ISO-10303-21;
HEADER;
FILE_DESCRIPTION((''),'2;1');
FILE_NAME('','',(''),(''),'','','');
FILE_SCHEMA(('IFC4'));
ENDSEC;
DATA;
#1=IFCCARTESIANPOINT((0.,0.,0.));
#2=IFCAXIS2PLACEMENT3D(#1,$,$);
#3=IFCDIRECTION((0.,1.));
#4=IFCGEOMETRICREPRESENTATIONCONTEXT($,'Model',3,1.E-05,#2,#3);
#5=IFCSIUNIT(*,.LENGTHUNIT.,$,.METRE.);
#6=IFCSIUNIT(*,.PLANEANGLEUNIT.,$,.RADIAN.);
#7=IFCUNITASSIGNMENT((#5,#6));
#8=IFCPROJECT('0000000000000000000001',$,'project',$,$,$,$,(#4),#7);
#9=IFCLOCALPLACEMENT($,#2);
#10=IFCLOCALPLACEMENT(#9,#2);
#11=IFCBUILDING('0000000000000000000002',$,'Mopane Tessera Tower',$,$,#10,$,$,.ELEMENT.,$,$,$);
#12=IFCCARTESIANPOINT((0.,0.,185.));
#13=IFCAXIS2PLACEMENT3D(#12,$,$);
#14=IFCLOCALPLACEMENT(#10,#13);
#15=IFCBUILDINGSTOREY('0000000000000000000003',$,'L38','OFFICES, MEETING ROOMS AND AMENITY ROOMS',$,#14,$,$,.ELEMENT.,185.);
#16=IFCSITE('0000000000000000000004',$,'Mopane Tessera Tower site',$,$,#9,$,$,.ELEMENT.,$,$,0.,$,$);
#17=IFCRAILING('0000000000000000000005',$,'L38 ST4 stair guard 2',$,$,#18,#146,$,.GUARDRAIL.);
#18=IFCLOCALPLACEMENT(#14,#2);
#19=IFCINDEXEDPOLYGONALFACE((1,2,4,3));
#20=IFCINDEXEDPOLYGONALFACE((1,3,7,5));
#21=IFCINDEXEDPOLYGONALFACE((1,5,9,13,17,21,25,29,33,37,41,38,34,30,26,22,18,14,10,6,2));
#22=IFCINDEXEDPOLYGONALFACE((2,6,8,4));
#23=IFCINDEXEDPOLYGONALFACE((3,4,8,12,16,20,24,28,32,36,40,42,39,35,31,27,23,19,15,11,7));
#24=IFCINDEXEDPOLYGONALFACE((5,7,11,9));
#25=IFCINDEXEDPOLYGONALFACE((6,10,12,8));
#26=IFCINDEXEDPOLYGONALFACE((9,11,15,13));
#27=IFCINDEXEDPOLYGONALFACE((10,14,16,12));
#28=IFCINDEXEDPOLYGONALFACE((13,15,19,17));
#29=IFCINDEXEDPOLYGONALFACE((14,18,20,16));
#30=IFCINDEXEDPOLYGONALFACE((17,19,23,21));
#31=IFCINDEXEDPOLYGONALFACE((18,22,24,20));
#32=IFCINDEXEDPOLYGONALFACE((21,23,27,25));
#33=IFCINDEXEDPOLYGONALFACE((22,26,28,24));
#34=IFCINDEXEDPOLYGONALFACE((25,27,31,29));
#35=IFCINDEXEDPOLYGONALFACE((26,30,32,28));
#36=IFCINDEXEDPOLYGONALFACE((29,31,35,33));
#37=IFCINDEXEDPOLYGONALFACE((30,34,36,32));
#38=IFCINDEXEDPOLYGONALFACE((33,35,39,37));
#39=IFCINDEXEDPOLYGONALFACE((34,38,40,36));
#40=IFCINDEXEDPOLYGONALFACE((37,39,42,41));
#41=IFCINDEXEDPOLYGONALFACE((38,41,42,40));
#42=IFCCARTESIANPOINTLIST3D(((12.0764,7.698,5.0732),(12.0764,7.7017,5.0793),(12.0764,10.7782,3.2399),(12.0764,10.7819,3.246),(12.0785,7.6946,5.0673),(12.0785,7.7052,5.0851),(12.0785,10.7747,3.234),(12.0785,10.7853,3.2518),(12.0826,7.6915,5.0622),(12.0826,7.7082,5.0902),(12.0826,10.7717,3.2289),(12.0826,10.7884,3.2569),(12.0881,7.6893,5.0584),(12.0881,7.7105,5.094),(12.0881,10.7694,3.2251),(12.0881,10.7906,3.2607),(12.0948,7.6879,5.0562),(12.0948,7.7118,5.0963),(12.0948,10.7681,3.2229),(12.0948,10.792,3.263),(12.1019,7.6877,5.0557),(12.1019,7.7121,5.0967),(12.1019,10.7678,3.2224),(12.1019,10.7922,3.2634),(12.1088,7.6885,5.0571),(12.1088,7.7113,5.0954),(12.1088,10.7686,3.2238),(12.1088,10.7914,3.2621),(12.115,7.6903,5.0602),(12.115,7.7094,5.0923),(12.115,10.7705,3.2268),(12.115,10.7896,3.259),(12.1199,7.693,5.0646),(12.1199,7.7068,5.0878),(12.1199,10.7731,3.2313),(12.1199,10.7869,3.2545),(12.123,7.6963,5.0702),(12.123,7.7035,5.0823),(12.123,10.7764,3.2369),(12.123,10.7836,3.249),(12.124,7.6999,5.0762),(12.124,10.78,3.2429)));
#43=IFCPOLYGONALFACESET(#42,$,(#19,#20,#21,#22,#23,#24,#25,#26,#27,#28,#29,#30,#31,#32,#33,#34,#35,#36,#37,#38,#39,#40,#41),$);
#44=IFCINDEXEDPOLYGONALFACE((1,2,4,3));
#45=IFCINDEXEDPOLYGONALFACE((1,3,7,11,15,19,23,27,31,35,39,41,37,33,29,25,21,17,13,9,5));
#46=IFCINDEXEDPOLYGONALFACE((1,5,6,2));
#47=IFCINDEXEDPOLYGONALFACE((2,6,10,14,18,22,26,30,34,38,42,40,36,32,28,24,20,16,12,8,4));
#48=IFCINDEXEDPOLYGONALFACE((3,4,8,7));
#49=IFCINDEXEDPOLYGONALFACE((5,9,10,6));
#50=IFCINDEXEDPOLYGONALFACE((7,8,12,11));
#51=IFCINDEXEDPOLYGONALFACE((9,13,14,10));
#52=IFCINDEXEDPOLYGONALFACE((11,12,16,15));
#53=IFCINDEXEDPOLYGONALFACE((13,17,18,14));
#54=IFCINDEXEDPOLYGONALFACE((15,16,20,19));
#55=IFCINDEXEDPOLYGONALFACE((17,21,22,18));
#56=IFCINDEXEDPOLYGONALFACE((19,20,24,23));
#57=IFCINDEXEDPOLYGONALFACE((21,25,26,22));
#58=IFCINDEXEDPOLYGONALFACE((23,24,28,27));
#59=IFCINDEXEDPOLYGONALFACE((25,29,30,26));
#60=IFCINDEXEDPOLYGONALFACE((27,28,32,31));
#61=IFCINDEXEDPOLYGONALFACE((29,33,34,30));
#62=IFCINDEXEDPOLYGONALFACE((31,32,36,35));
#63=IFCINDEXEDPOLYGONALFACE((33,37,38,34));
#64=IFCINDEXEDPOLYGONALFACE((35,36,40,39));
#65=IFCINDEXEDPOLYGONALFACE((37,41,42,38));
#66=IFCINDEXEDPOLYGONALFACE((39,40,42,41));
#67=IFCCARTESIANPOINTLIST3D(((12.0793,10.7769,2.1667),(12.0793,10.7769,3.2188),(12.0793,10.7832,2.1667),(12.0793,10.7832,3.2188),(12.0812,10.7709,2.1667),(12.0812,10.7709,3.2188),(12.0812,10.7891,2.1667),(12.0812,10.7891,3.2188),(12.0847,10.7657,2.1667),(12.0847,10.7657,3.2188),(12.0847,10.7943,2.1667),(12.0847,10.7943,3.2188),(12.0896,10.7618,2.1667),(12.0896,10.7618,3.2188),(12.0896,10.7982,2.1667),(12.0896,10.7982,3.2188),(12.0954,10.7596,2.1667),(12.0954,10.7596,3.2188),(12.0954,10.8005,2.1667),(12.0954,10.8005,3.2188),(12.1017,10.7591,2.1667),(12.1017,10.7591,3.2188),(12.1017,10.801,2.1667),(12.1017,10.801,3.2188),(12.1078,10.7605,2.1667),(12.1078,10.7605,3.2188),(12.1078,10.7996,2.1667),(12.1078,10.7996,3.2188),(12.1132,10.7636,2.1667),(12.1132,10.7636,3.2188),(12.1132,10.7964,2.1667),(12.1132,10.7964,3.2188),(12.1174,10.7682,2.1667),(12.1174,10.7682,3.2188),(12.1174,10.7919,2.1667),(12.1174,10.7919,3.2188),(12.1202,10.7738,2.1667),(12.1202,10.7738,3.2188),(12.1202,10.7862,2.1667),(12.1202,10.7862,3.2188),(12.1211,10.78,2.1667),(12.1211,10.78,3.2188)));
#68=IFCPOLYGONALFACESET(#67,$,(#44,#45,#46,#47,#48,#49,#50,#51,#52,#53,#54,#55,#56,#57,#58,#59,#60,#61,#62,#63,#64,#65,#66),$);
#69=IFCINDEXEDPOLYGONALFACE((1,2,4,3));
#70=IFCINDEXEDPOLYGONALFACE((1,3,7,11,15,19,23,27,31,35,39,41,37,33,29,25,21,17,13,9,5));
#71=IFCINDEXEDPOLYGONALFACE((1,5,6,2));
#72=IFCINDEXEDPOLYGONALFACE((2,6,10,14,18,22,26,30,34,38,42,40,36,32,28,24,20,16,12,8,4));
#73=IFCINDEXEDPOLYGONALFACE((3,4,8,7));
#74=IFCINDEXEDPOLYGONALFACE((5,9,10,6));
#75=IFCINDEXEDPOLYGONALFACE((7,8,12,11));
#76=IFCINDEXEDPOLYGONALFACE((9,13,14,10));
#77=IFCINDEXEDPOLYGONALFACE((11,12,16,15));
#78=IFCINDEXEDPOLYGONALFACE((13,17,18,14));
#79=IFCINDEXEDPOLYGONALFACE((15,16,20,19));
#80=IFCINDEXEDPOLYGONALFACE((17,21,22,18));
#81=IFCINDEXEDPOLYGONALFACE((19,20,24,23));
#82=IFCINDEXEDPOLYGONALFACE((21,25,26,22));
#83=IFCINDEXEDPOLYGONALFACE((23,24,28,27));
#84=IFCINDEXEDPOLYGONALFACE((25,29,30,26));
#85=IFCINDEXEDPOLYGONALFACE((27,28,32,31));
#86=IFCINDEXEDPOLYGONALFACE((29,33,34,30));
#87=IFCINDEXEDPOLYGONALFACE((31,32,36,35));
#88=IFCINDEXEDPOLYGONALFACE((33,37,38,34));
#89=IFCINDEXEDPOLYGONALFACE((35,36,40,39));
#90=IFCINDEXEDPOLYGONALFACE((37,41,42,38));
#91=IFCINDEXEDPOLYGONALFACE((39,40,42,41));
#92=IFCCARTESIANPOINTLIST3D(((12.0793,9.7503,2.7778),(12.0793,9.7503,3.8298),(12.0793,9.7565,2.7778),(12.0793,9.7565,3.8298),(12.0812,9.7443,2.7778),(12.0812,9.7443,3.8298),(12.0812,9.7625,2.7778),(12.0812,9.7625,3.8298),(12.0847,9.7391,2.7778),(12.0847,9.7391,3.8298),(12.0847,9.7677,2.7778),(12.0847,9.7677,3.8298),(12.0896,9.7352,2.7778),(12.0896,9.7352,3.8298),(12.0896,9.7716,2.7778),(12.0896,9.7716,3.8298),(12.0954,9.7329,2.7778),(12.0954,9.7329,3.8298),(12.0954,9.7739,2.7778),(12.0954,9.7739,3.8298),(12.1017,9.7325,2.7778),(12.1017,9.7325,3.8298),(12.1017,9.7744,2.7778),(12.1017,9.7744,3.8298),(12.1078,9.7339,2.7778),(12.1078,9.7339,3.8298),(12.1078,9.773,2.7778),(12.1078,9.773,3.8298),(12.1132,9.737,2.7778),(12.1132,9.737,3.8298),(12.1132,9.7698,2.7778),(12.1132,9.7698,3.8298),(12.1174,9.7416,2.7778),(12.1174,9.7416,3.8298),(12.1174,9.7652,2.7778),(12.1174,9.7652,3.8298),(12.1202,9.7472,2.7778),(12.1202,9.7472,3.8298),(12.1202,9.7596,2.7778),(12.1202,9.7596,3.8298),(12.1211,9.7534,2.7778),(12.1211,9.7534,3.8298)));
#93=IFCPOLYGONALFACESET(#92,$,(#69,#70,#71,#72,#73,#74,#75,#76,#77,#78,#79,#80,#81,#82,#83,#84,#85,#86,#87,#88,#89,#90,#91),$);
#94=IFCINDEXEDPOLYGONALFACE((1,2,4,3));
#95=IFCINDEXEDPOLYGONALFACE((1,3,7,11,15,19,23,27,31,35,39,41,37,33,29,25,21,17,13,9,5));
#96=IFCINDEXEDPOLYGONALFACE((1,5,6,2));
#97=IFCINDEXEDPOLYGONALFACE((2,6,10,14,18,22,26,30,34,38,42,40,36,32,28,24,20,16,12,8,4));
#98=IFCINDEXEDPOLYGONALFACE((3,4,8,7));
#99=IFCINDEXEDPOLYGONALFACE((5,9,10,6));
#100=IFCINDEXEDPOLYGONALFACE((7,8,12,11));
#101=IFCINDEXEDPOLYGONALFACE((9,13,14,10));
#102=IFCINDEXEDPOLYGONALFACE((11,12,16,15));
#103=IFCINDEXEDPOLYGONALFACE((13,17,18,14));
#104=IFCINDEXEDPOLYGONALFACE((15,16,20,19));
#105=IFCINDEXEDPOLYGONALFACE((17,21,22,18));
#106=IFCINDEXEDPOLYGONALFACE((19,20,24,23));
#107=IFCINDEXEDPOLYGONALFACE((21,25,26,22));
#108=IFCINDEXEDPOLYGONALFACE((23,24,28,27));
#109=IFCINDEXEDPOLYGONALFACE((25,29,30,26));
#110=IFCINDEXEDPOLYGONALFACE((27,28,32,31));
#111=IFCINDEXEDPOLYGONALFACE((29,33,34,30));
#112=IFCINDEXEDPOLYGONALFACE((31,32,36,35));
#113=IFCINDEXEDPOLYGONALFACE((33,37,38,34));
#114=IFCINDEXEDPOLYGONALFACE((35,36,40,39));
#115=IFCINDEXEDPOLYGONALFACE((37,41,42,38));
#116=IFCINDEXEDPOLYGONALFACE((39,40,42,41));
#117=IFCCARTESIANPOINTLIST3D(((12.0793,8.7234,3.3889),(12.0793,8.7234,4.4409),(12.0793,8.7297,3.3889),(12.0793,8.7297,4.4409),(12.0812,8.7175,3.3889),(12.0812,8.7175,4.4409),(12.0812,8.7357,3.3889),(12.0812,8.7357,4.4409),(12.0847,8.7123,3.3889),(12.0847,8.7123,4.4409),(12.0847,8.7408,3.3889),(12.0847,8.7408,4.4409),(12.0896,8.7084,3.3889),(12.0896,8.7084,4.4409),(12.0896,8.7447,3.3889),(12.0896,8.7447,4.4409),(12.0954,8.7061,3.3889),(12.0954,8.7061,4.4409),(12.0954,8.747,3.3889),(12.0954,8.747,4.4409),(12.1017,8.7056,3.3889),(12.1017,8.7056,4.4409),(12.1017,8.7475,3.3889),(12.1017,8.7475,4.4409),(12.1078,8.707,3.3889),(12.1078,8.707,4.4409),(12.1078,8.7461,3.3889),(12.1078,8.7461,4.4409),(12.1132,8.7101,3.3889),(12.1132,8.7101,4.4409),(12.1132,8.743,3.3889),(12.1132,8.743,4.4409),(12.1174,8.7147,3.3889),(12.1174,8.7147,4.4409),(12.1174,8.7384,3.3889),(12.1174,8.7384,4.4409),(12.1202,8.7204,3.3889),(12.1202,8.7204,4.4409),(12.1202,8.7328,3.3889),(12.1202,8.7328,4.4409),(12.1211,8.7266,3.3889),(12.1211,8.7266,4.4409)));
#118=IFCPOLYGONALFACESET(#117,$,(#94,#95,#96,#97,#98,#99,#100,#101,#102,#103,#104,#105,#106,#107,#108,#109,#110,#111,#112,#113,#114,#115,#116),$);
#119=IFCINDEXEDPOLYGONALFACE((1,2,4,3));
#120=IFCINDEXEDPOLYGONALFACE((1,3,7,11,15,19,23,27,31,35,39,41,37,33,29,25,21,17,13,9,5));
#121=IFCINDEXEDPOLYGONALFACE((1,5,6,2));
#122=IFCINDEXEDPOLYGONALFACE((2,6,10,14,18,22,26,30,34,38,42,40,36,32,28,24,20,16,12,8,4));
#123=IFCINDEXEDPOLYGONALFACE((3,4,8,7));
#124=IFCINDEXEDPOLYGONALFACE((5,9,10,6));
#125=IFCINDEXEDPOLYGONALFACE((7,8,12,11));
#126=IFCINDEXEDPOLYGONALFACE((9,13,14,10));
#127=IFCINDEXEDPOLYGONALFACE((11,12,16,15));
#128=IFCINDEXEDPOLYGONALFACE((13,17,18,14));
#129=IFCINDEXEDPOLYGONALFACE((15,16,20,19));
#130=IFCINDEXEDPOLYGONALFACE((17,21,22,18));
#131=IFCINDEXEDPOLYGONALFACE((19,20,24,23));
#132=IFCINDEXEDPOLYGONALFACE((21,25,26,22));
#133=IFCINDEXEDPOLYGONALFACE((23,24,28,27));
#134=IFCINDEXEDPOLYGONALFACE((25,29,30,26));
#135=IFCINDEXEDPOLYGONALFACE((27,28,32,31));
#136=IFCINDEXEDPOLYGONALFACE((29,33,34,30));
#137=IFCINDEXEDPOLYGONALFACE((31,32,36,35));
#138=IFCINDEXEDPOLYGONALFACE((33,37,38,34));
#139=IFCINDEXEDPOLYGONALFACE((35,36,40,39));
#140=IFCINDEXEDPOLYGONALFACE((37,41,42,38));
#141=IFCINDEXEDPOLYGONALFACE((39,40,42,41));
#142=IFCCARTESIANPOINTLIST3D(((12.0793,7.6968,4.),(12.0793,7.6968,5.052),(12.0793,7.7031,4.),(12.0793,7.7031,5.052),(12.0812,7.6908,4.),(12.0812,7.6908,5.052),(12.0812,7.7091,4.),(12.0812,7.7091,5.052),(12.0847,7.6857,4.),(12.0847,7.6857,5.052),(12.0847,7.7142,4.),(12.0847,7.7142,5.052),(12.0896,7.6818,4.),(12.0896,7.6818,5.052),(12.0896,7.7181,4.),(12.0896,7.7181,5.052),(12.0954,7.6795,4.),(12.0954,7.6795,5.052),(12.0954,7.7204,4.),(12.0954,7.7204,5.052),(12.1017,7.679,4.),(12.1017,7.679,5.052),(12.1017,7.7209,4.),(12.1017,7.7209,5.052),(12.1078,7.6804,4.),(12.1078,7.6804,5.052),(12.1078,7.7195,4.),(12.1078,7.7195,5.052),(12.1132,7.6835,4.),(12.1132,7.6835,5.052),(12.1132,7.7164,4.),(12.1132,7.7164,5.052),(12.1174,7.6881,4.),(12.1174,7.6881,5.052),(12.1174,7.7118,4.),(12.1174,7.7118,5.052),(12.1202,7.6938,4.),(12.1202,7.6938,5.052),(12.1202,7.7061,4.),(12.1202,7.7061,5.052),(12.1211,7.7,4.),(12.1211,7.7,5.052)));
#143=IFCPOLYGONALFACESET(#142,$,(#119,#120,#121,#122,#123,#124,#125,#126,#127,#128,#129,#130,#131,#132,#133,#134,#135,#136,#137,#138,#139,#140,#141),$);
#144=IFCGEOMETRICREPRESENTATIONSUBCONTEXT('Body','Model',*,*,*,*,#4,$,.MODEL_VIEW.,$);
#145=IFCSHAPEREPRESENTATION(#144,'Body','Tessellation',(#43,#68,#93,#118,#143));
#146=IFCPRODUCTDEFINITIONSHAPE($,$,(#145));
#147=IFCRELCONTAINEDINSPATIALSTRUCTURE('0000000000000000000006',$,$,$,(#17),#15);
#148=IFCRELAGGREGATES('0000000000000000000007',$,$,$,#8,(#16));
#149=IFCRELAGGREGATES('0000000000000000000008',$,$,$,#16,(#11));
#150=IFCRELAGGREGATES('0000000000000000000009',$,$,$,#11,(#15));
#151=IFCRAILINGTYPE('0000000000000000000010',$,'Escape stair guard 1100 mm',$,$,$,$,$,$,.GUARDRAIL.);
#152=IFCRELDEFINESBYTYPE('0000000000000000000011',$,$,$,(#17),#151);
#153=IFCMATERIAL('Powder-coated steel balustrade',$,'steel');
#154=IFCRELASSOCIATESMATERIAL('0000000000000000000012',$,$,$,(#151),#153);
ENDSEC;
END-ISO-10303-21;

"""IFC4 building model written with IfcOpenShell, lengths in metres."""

from ifc_helpers import new_model, si_unit, direction, frame, origin, origin_2d, place, context, subcontext, project, spatial, circle, extrude, material, type_object, element, save


model = new_model("IFC4")

# Units and contexts
model_context = context("Model", 3, precision=1e-05, world=origin(), true_north=direction((0.0, 1.0)))
body_context = subcontext(model_context, "Body", "Model", "MODEL_VIEW")
ifc_project = project(units=[si_unit("LENGTHUNIT", "METRE"), si_unit("PLANEANGLEUNIT", "RADIAN")], contexts=[model_context])

# Site, building, storey
site_placement = place(None, origin())
site = spatial("IfcSite", under=ifc_project, at=site_placement, Name="Mopane Tessera Tower site", CompositionType="ELEMENT", RefElevation=0.0)
building_placement = place(site_placement, origin())
building = spatial("IfcBuilding", under=site, at=building_placement, Name="Mopane Tessera Tower", CompositionType="ELEMENT")
storey_placement = place(building_placement, frame((0.0, 0.0, 185.0)))
storey = spatial("IfcBuildingStorey", under=building, at=storey_placement, Name="L38", Description="OFFICES, MEETING ROOMS AND AMENITY ROOMS", CompositionType="ELEMENT", Elevation=185.0)

# Railing
ifc_material_1 = material(Name="Powder-coated steel balustrade", Category="steel")
railing_type_1 = type_object("IfcRailingType", Name="Escape stair guard 1100 mm", PredefinedType="GUARDRAIL", material=ifc_material_1)
railing_1_placement = place(storey_placement, frame((12.1001, 10.78, 2.1667)))
element("IfcRailing", 1, at=railing_1_placement, inside=storey, type_object=railing_type_1, Name="L38 ST4 stair guard 2", PredefinedType="GUARDRAIL", context=body_context, shape_type="SweptSolid", body=[
    extrude(circle(Radius=0.0239, at=origin_2d()), frame((0.0, 0.0, 1.0762), z_axis=(0.0, -0.859309, 0.511458), x_axis=(1.0, 0.0, 0.0)), (0.0, 0.0, 1.0), 3.5845),
    extrude(circle(Radius=0.021, at=origin_2d()), origin(), (0.0, 0.0, 1.0), 1.052),
    extrude(circle(Radius=0.021, at=origin_2d()), frame((0.0, -1.0266, 0.6111)), (0.0, 0.0, 1.0), 1.052),
    extrude(circle(Radius=0.021, at=origin_2d()), frame((0.0, -2.0535, 1.2222)), (0.0, 0.0, 1.0), 1.052),
    extrude(circle(Radius=0.021, at=origin_2d()), frame((0.0, -3.0801, 1.8333)), (0.0, 0.0, 1.0), 1.052),
])

save(model, "model.ifc")
